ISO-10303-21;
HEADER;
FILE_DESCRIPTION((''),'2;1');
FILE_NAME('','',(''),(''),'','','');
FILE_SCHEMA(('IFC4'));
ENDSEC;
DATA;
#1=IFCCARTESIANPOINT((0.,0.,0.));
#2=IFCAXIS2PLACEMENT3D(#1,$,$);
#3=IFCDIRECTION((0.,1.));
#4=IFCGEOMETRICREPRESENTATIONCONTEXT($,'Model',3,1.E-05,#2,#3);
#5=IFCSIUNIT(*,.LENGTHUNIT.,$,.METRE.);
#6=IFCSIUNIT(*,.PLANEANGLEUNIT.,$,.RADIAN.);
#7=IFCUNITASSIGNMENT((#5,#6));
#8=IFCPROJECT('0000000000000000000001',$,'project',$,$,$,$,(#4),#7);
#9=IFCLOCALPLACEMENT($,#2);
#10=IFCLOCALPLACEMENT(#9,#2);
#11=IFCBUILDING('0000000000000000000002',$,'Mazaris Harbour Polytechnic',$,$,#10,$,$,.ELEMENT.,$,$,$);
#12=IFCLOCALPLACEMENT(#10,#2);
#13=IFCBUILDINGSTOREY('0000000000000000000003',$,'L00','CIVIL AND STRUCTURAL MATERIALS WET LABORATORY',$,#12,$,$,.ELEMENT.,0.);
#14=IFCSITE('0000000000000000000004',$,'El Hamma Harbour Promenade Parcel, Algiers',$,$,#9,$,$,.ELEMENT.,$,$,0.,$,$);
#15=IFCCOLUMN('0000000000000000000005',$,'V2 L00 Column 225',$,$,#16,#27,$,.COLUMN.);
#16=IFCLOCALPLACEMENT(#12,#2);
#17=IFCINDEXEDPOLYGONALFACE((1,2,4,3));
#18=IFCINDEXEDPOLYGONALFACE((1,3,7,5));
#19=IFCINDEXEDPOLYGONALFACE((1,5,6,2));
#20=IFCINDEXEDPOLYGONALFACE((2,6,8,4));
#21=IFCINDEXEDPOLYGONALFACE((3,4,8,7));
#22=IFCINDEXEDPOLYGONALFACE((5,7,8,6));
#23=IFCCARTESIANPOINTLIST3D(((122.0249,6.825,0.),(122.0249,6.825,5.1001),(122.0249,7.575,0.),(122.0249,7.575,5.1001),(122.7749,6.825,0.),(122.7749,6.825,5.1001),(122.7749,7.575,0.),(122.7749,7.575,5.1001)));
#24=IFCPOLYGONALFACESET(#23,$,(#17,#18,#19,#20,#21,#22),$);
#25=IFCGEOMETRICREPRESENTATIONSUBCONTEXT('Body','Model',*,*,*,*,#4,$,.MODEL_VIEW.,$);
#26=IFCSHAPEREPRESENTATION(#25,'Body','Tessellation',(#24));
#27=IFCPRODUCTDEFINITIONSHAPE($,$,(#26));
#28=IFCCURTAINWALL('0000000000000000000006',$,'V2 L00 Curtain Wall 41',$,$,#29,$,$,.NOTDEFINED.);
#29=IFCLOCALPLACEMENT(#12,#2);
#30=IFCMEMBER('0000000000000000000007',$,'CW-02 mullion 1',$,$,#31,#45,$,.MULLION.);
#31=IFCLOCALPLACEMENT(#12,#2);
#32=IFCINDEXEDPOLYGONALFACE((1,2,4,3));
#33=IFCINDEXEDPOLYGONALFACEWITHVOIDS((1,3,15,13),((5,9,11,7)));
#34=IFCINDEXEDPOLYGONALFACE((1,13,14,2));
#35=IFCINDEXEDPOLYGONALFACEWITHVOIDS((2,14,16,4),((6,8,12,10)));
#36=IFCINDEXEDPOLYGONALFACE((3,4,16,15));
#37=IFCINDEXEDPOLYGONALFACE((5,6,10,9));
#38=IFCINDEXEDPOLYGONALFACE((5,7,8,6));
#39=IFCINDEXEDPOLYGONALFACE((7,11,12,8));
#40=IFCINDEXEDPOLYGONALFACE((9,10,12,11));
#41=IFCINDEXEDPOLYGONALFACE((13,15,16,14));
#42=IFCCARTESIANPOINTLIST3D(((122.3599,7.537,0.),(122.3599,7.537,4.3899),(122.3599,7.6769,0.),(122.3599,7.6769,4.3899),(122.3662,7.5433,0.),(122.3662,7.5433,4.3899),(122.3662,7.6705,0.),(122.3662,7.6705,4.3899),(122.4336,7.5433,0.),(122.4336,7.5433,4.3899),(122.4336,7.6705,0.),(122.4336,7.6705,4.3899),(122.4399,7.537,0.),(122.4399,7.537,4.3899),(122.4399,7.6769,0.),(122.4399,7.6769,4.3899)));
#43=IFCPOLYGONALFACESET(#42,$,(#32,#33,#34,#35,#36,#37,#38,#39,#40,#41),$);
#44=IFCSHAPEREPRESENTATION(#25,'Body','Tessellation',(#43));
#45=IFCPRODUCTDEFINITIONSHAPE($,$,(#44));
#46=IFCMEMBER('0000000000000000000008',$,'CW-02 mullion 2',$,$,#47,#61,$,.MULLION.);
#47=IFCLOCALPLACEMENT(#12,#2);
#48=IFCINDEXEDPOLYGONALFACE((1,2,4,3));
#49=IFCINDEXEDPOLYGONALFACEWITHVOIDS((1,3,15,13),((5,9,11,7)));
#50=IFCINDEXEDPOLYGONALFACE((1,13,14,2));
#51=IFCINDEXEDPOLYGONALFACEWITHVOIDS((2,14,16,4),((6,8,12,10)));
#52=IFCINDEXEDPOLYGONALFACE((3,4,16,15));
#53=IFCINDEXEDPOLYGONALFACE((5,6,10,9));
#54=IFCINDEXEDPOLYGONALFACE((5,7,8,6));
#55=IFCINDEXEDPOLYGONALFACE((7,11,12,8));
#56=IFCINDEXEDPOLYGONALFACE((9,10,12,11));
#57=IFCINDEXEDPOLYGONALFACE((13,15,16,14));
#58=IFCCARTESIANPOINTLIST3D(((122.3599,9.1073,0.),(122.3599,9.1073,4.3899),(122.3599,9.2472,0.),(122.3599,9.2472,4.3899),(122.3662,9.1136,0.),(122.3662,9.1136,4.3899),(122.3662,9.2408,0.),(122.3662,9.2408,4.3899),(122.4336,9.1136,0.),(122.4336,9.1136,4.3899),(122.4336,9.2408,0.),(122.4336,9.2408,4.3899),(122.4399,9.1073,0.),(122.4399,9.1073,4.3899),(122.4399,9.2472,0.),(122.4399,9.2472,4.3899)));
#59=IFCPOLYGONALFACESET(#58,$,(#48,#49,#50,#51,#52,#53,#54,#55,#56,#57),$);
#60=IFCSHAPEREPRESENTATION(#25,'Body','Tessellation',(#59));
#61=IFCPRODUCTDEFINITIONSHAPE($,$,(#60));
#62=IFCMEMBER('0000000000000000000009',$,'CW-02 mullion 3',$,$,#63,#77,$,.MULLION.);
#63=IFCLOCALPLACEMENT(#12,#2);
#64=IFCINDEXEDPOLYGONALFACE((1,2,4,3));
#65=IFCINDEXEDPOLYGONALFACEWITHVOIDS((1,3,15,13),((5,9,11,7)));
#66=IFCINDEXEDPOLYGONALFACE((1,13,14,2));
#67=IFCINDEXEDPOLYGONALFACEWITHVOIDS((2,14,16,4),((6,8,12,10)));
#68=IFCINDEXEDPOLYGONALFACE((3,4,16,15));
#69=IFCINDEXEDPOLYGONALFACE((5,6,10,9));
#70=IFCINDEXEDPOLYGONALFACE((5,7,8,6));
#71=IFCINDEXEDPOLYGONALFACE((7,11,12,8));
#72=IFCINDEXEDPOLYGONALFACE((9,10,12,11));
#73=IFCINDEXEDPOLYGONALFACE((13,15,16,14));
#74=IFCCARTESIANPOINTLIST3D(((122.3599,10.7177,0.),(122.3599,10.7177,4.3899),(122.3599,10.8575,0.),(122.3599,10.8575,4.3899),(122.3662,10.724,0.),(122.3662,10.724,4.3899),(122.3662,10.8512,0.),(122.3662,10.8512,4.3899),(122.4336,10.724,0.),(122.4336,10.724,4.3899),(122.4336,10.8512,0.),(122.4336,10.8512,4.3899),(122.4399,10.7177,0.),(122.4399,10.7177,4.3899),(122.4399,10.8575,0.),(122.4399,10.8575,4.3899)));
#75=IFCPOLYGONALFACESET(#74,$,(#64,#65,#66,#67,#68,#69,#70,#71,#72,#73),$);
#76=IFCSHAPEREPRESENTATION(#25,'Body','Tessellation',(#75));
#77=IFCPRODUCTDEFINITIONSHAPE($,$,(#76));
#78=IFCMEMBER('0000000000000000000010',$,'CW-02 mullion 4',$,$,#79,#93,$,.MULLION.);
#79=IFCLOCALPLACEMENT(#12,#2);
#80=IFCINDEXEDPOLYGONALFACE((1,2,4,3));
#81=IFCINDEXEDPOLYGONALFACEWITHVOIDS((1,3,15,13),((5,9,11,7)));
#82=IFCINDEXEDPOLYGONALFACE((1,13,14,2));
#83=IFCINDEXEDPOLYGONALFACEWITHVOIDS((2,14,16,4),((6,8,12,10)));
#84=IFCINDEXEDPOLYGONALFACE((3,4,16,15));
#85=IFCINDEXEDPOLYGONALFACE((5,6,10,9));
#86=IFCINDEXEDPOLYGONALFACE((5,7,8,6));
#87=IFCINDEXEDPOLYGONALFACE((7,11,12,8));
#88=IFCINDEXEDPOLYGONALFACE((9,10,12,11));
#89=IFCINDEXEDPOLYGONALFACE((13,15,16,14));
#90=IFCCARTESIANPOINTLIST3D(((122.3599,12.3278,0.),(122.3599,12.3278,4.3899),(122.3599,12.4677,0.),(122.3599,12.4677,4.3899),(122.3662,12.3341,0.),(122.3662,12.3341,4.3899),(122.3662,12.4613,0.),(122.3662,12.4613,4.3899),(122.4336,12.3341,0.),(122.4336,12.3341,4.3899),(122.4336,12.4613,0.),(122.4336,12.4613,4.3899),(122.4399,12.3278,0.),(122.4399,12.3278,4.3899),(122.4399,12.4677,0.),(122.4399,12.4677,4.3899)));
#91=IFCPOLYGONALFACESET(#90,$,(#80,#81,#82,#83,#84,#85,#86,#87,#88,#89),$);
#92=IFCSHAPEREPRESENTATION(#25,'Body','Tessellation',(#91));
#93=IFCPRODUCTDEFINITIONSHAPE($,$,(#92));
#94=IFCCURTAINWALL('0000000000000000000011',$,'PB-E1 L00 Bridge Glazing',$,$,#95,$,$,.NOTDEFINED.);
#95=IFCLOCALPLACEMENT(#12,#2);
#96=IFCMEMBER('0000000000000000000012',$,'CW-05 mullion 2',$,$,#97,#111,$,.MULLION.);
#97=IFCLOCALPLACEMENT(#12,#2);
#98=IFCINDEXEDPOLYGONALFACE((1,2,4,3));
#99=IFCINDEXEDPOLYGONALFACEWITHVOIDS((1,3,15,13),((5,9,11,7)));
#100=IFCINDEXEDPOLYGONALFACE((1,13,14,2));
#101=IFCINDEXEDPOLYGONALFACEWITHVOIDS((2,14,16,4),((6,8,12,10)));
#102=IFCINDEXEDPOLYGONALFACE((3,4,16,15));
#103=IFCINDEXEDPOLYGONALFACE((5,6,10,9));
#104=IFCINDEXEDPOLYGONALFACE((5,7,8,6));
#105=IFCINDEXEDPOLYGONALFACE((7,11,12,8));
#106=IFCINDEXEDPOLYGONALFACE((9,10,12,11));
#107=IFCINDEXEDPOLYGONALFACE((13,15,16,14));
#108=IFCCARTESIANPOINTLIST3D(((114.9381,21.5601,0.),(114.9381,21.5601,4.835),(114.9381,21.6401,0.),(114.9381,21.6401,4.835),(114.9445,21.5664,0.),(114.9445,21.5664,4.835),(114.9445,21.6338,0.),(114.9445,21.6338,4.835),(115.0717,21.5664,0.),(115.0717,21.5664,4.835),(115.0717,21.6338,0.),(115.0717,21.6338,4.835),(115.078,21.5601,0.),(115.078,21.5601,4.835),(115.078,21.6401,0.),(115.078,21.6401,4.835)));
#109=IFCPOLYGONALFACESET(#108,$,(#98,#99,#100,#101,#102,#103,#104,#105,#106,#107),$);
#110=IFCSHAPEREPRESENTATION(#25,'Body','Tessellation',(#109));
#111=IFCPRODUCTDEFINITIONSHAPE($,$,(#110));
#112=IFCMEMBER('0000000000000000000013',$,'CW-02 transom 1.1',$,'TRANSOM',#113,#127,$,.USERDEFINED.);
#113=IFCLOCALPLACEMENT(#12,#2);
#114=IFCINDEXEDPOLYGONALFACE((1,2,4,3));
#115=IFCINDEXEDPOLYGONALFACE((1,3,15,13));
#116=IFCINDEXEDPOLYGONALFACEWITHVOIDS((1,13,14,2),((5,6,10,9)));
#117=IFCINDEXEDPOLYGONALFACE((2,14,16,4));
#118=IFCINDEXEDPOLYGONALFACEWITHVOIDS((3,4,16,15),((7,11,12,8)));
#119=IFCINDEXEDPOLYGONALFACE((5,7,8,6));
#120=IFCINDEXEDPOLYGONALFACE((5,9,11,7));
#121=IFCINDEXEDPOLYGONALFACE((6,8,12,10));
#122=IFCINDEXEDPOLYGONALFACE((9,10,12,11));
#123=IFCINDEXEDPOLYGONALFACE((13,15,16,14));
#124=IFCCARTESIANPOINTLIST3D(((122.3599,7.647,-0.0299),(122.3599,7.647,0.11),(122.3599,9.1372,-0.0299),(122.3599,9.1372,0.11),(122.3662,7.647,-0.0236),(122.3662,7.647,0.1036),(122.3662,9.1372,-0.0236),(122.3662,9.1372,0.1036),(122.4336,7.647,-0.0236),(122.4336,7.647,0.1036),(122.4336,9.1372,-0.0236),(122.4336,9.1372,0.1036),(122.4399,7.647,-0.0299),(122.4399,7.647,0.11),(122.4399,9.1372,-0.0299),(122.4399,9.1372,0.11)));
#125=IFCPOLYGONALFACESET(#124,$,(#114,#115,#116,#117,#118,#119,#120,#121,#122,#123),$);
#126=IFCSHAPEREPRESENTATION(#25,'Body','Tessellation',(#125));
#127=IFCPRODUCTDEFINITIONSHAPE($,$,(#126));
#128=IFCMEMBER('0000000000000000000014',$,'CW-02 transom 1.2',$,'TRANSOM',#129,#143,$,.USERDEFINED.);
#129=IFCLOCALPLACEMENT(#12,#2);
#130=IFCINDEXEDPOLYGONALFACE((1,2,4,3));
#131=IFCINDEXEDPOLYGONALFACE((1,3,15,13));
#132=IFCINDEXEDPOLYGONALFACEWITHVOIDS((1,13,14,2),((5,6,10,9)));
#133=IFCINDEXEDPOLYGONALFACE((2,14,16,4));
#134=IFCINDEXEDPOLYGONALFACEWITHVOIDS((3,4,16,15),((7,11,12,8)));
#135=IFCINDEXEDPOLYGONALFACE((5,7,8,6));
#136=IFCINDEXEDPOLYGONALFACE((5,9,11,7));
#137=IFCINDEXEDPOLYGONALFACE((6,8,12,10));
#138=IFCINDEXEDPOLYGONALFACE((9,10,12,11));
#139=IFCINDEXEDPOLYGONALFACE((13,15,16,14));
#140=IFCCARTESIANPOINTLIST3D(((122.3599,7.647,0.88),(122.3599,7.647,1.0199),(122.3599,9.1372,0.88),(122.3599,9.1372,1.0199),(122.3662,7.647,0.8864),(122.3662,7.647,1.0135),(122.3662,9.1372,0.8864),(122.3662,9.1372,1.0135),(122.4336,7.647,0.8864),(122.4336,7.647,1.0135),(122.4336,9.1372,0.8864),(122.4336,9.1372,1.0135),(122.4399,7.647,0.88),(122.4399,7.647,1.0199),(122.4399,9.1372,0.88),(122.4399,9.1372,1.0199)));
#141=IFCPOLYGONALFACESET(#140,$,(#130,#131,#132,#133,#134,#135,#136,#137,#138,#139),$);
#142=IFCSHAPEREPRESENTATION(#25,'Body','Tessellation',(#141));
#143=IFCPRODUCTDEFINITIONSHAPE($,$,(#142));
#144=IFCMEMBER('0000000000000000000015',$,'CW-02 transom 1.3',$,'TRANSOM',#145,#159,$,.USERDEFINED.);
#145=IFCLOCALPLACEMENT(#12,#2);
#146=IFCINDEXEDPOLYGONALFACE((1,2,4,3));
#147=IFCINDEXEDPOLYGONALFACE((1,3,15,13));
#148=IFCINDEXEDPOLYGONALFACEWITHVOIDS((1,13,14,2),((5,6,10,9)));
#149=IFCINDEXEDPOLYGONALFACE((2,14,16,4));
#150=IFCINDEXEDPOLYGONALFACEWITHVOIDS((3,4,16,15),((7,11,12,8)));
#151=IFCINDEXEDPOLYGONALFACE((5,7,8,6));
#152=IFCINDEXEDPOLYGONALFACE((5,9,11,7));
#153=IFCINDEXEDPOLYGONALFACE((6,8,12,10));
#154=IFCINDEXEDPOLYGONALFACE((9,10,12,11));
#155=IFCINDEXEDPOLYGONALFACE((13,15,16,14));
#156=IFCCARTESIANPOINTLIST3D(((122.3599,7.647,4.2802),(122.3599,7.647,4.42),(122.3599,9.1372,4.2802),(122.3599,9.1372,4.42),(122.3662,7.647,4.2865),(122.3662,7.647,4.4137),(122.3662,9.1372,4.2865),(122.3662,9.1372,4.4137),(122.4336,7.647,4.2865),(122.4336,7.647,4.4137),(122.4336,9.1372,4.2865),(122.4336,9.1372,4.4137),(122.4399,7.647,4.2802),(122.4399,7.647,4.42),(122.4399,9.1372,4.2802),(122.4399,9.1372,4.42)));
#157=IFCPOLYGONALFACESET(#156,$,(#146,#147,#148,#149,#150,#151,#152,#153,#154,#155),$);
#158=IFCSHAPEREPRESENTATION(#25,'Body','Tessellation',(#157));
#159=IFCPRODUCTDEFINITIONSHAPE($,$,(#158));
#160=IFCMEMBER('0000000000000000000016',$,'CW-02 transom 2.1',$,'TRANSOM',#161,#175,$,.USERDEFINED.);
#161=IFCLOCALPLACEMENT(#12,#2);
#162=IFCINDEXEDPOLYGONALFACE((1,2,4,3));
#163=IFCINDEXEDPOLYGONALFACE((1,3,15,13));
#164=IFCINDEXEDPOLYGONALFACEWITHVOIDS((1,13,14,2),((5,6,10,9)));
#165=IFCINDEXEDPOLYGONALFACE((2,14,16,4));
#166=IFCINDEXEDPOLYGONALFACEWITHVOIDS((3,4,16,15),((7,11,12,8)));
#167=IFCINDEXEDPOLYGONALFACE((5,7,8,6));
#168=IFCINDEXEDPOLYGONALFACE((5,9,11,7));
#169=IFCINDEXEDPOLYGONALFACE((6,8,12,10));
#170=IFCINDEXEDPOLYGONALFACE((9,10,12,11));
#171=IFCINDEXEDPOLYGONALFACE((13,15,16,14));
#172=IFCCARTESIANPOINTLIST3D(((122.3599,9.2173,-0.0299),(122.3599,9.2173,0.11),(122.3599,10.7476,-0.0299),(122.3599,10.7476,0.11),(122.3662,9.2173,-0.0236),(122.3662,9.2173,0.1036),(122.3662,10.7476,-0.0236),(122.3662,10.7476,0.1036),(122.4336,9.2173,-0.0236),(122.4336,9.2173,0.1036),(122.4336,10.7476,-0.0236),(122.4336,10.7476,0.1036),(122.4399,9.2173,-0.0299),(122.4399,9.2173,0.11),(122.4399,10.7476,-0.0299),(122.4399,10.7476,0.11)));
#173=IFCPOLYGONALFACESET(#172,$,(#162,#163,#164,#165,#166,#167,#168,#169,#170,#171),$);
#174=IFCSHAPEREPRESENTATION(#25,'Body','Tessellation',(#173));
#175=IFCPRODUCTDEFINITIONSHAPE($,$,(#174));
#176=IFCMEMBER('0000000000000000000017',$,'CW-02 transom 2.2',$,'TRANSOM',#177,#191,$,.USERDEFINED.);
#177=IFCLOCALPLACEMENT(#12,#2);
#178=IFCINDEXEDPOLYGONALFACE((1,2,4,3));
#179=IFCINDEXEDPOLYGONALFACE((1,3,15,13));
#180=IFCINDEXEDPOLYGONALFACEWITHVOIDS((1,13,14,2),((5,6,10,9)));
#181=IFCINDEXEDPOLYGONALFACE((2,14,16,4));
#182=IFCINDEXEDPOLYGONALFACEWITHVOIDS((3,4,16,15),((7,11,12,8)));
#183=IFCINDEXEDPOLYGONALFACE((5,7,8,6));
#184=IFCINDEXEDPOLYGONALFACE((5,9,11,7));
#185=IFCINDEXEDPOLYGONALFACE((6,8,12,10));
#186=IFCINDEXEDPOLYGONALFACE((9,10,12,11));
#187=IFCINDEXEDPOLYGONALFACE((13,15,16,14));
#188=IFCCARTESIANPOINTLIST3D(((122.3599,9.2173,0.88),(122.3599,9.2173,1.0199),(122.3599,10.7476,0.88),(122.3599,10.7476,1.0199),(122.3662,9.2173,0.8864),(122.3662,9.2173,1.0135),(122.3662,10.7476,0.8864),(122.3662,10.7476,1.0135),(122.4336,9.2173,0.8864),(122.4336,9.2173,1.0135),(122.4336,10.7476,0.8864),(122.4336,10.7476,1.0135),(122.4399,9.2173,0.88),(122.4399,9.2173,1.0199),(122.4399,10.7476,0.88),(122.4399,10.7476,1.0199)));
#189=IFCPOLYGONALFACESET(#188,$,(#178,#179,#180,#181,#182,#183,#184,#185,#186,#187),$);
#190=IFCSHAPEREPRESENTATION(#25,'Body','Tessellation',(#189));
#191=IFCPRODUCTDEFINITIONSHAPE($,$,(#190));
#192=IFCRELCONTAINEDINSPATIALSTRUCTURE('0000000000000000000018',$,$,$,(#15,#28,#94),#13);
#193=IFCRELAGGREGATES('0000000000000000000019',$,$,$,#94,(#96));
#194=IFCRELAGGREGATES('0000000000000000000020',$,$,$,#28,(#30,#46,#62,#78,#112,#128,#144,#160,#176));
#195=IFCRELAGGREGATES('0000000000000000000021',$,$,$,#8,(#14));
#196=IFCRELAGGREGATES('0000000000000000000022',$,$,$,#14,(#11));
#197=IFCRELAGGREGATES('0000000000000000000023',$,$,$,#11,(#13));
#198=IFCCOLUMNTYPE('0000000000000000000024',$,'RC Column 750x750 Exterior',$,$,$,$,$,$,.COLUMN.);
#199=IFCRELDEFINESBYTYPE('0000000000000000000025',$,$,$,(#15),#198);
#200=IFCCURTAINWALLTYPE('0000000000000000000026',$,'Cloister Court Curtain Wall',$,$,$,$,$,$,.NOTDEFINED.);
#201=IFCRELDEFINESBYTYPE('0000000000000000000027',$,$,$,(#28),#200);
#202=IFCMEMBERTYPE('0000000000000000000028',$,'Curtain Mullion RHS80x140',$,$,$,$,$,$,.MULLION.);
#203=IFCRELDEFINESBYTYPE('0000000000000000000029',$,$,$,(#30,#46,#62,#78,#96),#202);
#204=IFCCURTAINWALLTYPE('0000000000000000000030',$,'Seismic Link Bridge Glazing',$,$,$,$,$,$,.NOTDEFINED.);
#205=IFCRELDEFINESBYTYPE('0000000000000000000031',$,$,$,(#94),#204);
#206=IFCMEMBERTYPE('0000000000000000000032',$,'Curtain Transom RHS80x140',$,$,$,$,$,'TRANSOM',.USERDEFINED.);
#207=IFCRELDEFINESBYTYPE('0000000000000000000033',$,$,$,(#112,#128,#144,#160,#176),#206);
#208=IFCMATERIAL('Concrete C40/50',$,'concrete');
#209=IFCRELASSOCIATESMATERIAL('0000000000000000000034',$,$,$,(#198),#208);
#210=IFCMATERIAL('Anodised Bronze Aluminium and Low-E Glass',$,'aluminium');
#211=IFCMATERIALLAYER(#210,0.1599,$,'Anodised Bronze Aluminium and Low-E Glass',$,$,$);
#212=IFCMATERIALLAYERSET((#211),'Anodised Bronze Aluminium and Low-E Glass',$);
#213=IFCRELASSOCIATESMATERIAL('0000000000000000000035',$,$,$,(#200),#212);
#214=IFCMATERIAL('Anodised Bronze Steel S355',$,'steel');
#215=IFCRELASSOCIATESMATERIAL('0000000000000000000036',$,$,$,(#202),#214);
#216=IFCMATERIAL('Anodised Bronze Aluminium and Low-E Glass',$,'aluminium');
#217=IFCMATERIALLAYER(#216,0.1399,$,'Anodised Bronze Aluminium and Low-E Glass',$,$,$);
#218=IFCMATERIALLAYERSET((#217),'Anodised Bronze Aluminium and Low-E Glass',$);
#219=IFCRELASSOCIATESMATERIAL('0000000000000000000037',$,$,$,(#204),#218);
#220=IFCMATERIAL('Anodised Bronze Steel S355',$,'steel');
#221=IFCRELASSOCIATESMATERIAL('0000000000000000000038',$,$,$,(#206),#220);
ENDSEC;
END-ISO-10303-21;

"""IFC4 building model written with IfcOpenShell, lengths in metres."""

from ifc_helpers import new_model, si_unit, direction, frame, origin, origin_2d, place, context, subcontext, project, spatial, rectangle, hollow_rectangle, extrude, material, layer, layer_set, material_profile, profile_set, type_object, element, aggregate, save


model = new_model("IFC4")

# Units and contexts
model_context = context("Model", 3, precision=1e-05, world=origin(), true_north=direction((0.0, 1.0)))
body_context = subcontext(model_context, "Body", "Model", "MODEL_VIEW")
ifc_project = project(units=[si_unit("LENGTHUNIT", "METRE"), si_unit("PLANEANGLEUNIT", "RADIAN")], contexts=[model_context])

# Site, building, storey
site_placement = place(None, origin())
site = spatial("IfcSite", under=ifc_project, at=site_placement, Name="El Hamma Harbour Promenade Parcel, Algiers", CompositionType="ELEMENT", RefElevation=0.0)
building_placement = place(site_placement, origin())
building = spatial("IfcBuilding", under=site, at=building_placement, Name="Mazaris Harbour Polytechnic", CompositionType="ELEMENT")
storey_placement = place(building_placement, origin())
storey = spatial("IfcBuildingStorey", under=building, at=storey_placement, Name="L00", Description="CIVIL AND STRUCTURAL MATERIALS WET LABORATORY", CompositionType="ELEMENT", Elevation=0.0)

# Column
ifc_material_1 = material(Name="Concrete C40/50", Category="concrete")
ifc_material_profile_1 = material_profile(ifc_material_1, rectangle(XDim=0.75, YDim=0.75, at=origin_2d()), Name="RECT750x750")
ifc_profile_set_1 = profile_set([ifc_material_profile_1], Name="Concrete C40/50")
column_type = type_object("IfcColumnType", Name="RC Column 750x750 Exterior", PredefinedType="COLUMN", material=ifc_profile_set_1)
column_placement = place(storey_placement, frame((122.3999, 7.2, 0.0), z_axis=(0.0, 0.0, 1.0), x_axis=(1.0, 0.0, 0.0)))
element("IfcColumn", 1, at=column_placement, inside=storey, type_object=column_type, Name="V2 L00 Column 225", PredefinedType="COLUMN", context=body_context, shape_type="SweptSolid", body=[
    extrude(rectangle(XDim=0.75, YDim=0.75, at=origin_2d()), origin(), (0.0, 0.0, 1.0), 5.1001),
])

# Curtain wall, members
ifc_material_2 = material(Name="Anodised Bronze Aluminium and Low-E Glass", Category="aluminium")
ifc_layer_1 = layer(ifc_material_2, 0.1599, Name="Anodised Bronze Aluminium and Low-E Glass")
ifc_layer_set_1 = layer_set([ifc_layer_1], Name="Anodised Bronze Aluminium and Low-E Glass")
curtain_wall_type_1 = type_object("IfcCurtainWallType", Name="Cloister Court Curtain Wall", PredefinedType="NOTDEFINED", material=ifc_layer_set_1)
curtain_wall_1_placement = place(storey_placement, origin())
curtain_wall_1 = element("IfcCurtainWall", 2, at=curtain_wall_1_placement, inside=storey, type_object=curtain_wall_type_1, Name="V2 L00 Curtain Wall 41", PredefinedType="NOTDEFINED")
ifc_material_3 = material(Name="Anodised Bronze Steel S355", Category="steel")
ifc_material_profile_2 = material_profile(ifc_material_3, hollow_rectangle(XDim=0.0801, YDim=0.1399, WallThickness=0.0063, at=origin_2d()), Name="RHS 80x140x6.3")
ifc_profile_set_2 = profile_set([ifc_material_profile_2], Name="Anodised Bronze Steel S355")
member_type_1 = type_object("IfcMemberType", Name="Curtain Mullion RHS80x140", PredefinedType="MULLION", material=ifc_profile_set_2)
member_1_placement = place(storey_placement, frame((122.3999, 7.6069, 0.0), z_axis=(0.0, 0.0, 1.0), x_axis=(-1.0, 0.0, 0.0)))
member_1 = element("IfcMember", 3, at=member_1_placement, type_object=member_type_1, Name="CW-02 mullion 1", PredefinedType="MULLION", context=body_context, shape_type="SweptSolid", body=[
    extrude(hollow_rectangle(XDim=0.0801, YDim=0.1399, WallThickness=0.0063, at=origin_2d()), origin(), (0.0, 0.0, 1.0), 4.3899),
])
member_2_placement = place(storey_placement, frame((122.3999, 9.1772, 0.0), z_axis=(0.0, 0.0, 1.0), x_axis=(-1.0, 0.0, 0.0)))
member_2 = element("IfcMember", 4, at=member_2_placement, type_object=member_type_1, Name="CW-02 mullion 2", PredefinedType="MULLION", context=body_context, shape_type="SweptSolid", body=[
    extrude(hollow_rectangle(XDim=0.0801, YDim=0.1399, WallThickness=0.0063, at=origin_2d()), origin(), (0.0, 0.0, 1.0), 4.3899),
])
member_3_placement = place(storey_placement, frame((122.3999, 10.7876, 0.0), z_axis=(0.0, 0.0, 1.0), x_axis=(-1.0, 0.0, 0.0)))
member_3 = element("IfcMember", 5, at=member_3_placement, type_object=member_type_1, Name="CW-02 mullion 3", PredefinedType="MULLION", context=body_context, shape_type="SweptSolid", body=[
    extrude(hollow_rectangle(XDim=0.0801, YDim=0.1399, WallThickness=0.0063, at=origin_2d()), origin(), (0.0, 0.0, 1.0), 4.3899),
])
member_4_placement = place(storey_placement, frame((122.3999, 12.3977, 0.0), z_axis=(0.0, 0.0, 1.0), x_axis=(-1.0, 0.0, 0.0)))
member_4 = element("IfcMember", 6, at=member_4_placement, type_object=member_type_1, Name="CW-02 mullion 4", PredefinedType="MULLION", context=body_context, shape_type="SweptSolid", body=[
    extrude(hollow_rectangle(XDim=0.0801, YDim=0.1399, WallThickness=0.0063, at=origin_2d()), origin(), (0.0, 0.0, 1.0), 4.3899),
])

# Curtain wall, member
ifc_material_4 = material(Name="Anodised Bronze Aluminium and Low-E Glass", Category="aluminium")
ifc_layer_2 = layer(ifc_material_4, 0.1399, Name="Anodised Bronze Aluminium and Low-E Glass")
ifc_layer_set_2 = layer_set([ifc_layer_2], Name="Anodised Bronze Aluminium and Low-E Glass")
curtain_wall_type_2 = type_object("IfcCurtainWallType", Name="Seismic Link Bridge Glazing", PredefinedType="NOTDEFINED", material=ifc_layer_set_2)
curtain_wall_2_placement = place(storey_placement, origin())
curtain_wall_2 = element("IfcCurtainWall", 7, at=curtain_wall_2_placement, inside=storey, type_object=curtain_wall_type_2, Name="PB-E1 L00 Bridge Glazing", PredefinedType="NOTDEFINED")
member_5_placement = place(storey_placement, frame((115.0081, 21.6001, 0.0), z_axis=(0.0, 0.0, 1.0), x_axis=(0.0, 1.0, 0.0)))
member_5 = element("IfcMember", 8, at=member_5_placement, type_object=member_type_1, Name="CW-05 mullion 2", PredefinedType="MULLION", context=body_context, shape_type="SweptSolid", body=[
    extrude(hollow_rectangle(XDim=0.0801, YDim=0.1399, WallThickness=0.0063, at=origin_2d()), origin(), (0.0, 0.0, 1.0), 4.835),
])

# Members
ifc_material_5 = material(Name="Anodised Bronze Steel S355", Category="steel")
ifc_material_profile_3 = material_profile(ifc_material_5, hollow_rectangle(XDim=0.0801, YDim=0.1399, WallThickness=0.0063, at=origin_2d()), Name="RHS 80x140x6.3")
ifc_profile_set_3 = profile_set([ifc_material_profile_3], Name="Anodised Bronze Steel S355")
member_type_2 = type_object("IfcMemberType", Name="Curtain Transom RHS80x140", ElementType="TRANSOM", PredefinedType="USERDEFINED", material=ifc_profile_set_3)
member_6_placement = place(storey_placement, frame((122.3999, 7.647, 0.04), z_axis=(0.0, 1.0, 0.0), x_axis=(-1.0, 0.0, 0.0)))
member_6 = element("IfcMember", 9, at=member_6_placement, type_object=member_type_2, Name="CW-02 transom 1.1", ObjectType="TRANSOM", PredefinedType="USERDEFINED", context=body_context, shape_type="SweptSolid", body=[
    extrude(hollow_rectangle(XDim=0.0801, YDim=0.1399, WallThickness=0.0063, at=origin_2d()), origin(), (0.0, 0.0, 1.0), 1.4902),
])
member_7_placement = place(storey_placement, frame((122.3999, 7.647, 0.95), z_axis=(0.0, 1.0, 0.0), x_axis=(-1.0, 0.0, 0.0)))
member_7 = element("IfcMember", 10, at=member_7_placement, type_object=member_type_2, Name="CW-02 transom 1.2", ObjectType="TRANSOM", PredefinedType="USERDEFINED", context=body_context, shape_type="SweptSolid", body=[
    extrude(hollow_rectangle(XDim=0.0801, YDim=0.1399, WallThickness=0.0063, at=origin_2d()), origin(), (0.0, 0.0, 1.0), 1.4902),
])
member_8_placement = place(storey_placement, frame((122.3999, 7.647, 4.3501), z_axis=(0.0, 1.0, 0.0), x_axis=(-1.0, 0.0, 0.0)))
member_8 = element("IfcMember", 11, at=member_8_placement, type_object=member_type_2, Name="CW-02 transom 1.3", ObjectType="TRANSOM", PredefinedType="USERDEFINED", context=body_context, shape_type="SweptSolid", body=[
    extrude(hollow_rectangle(XDim=0.0801, YDim=0.1399, WallThickness=0.0063, at=origin_2d()), origin(), (0.0, 0.0, 1.0), 1.4902),
])
member_9_placement = place(storey_placement, frame((122.3999, 9.2173, 0.04), z_axis=(0.0, 1.0, 0.0), x_axis=(-1.0, 0.0, 0.0)))
member_9 = element("IfcMember", 12, at=member_9_placement, type_object=member_type_2, Name="CW-02 transom 2.1", ObjectType="TRANSOM", PredefinedType="USERDEFINED", context=body_context, shape_type="SweptSolid", body=[
    extrude(hollow_rectangle(XDim=0.0801, YDim=0.1399, WallThickness=0.0063, at=origin_2d()), origin(), (0.0, 0.0, 1.0), 1.5303),
])
member_10_placement = place(storey_placement, frame((122.3999, 9.2173, 0.95), z_axis=(0.0, 1.0, 0.0), x_axis=(-1.0, 0.0, 0.0)))
member_10 = element("IfcMember", 13, at=member_10_placement, type_object=member_type_2, Name="CW-02 transom 2.2", ObjectType="TRANSOM", PredefinedType="USERDEFINED", context=body_context, shape_type="SweptSolid", body=[
    extrude(hollow_rectangle(XDim=0.0801, YDim=0.1399, WallThickness=0.0063, at=origin_2d()), origin(), (0.0, 0.0, 1.0), 1.5303),
])

aggregate(curtain_wall_2, [member_5])
aggregate(curtain_wall_1, [member_1, member_2, member_3, member_4, member_6, member_7, member_8, member_9, member_10])

save(model, "model.ifc")
